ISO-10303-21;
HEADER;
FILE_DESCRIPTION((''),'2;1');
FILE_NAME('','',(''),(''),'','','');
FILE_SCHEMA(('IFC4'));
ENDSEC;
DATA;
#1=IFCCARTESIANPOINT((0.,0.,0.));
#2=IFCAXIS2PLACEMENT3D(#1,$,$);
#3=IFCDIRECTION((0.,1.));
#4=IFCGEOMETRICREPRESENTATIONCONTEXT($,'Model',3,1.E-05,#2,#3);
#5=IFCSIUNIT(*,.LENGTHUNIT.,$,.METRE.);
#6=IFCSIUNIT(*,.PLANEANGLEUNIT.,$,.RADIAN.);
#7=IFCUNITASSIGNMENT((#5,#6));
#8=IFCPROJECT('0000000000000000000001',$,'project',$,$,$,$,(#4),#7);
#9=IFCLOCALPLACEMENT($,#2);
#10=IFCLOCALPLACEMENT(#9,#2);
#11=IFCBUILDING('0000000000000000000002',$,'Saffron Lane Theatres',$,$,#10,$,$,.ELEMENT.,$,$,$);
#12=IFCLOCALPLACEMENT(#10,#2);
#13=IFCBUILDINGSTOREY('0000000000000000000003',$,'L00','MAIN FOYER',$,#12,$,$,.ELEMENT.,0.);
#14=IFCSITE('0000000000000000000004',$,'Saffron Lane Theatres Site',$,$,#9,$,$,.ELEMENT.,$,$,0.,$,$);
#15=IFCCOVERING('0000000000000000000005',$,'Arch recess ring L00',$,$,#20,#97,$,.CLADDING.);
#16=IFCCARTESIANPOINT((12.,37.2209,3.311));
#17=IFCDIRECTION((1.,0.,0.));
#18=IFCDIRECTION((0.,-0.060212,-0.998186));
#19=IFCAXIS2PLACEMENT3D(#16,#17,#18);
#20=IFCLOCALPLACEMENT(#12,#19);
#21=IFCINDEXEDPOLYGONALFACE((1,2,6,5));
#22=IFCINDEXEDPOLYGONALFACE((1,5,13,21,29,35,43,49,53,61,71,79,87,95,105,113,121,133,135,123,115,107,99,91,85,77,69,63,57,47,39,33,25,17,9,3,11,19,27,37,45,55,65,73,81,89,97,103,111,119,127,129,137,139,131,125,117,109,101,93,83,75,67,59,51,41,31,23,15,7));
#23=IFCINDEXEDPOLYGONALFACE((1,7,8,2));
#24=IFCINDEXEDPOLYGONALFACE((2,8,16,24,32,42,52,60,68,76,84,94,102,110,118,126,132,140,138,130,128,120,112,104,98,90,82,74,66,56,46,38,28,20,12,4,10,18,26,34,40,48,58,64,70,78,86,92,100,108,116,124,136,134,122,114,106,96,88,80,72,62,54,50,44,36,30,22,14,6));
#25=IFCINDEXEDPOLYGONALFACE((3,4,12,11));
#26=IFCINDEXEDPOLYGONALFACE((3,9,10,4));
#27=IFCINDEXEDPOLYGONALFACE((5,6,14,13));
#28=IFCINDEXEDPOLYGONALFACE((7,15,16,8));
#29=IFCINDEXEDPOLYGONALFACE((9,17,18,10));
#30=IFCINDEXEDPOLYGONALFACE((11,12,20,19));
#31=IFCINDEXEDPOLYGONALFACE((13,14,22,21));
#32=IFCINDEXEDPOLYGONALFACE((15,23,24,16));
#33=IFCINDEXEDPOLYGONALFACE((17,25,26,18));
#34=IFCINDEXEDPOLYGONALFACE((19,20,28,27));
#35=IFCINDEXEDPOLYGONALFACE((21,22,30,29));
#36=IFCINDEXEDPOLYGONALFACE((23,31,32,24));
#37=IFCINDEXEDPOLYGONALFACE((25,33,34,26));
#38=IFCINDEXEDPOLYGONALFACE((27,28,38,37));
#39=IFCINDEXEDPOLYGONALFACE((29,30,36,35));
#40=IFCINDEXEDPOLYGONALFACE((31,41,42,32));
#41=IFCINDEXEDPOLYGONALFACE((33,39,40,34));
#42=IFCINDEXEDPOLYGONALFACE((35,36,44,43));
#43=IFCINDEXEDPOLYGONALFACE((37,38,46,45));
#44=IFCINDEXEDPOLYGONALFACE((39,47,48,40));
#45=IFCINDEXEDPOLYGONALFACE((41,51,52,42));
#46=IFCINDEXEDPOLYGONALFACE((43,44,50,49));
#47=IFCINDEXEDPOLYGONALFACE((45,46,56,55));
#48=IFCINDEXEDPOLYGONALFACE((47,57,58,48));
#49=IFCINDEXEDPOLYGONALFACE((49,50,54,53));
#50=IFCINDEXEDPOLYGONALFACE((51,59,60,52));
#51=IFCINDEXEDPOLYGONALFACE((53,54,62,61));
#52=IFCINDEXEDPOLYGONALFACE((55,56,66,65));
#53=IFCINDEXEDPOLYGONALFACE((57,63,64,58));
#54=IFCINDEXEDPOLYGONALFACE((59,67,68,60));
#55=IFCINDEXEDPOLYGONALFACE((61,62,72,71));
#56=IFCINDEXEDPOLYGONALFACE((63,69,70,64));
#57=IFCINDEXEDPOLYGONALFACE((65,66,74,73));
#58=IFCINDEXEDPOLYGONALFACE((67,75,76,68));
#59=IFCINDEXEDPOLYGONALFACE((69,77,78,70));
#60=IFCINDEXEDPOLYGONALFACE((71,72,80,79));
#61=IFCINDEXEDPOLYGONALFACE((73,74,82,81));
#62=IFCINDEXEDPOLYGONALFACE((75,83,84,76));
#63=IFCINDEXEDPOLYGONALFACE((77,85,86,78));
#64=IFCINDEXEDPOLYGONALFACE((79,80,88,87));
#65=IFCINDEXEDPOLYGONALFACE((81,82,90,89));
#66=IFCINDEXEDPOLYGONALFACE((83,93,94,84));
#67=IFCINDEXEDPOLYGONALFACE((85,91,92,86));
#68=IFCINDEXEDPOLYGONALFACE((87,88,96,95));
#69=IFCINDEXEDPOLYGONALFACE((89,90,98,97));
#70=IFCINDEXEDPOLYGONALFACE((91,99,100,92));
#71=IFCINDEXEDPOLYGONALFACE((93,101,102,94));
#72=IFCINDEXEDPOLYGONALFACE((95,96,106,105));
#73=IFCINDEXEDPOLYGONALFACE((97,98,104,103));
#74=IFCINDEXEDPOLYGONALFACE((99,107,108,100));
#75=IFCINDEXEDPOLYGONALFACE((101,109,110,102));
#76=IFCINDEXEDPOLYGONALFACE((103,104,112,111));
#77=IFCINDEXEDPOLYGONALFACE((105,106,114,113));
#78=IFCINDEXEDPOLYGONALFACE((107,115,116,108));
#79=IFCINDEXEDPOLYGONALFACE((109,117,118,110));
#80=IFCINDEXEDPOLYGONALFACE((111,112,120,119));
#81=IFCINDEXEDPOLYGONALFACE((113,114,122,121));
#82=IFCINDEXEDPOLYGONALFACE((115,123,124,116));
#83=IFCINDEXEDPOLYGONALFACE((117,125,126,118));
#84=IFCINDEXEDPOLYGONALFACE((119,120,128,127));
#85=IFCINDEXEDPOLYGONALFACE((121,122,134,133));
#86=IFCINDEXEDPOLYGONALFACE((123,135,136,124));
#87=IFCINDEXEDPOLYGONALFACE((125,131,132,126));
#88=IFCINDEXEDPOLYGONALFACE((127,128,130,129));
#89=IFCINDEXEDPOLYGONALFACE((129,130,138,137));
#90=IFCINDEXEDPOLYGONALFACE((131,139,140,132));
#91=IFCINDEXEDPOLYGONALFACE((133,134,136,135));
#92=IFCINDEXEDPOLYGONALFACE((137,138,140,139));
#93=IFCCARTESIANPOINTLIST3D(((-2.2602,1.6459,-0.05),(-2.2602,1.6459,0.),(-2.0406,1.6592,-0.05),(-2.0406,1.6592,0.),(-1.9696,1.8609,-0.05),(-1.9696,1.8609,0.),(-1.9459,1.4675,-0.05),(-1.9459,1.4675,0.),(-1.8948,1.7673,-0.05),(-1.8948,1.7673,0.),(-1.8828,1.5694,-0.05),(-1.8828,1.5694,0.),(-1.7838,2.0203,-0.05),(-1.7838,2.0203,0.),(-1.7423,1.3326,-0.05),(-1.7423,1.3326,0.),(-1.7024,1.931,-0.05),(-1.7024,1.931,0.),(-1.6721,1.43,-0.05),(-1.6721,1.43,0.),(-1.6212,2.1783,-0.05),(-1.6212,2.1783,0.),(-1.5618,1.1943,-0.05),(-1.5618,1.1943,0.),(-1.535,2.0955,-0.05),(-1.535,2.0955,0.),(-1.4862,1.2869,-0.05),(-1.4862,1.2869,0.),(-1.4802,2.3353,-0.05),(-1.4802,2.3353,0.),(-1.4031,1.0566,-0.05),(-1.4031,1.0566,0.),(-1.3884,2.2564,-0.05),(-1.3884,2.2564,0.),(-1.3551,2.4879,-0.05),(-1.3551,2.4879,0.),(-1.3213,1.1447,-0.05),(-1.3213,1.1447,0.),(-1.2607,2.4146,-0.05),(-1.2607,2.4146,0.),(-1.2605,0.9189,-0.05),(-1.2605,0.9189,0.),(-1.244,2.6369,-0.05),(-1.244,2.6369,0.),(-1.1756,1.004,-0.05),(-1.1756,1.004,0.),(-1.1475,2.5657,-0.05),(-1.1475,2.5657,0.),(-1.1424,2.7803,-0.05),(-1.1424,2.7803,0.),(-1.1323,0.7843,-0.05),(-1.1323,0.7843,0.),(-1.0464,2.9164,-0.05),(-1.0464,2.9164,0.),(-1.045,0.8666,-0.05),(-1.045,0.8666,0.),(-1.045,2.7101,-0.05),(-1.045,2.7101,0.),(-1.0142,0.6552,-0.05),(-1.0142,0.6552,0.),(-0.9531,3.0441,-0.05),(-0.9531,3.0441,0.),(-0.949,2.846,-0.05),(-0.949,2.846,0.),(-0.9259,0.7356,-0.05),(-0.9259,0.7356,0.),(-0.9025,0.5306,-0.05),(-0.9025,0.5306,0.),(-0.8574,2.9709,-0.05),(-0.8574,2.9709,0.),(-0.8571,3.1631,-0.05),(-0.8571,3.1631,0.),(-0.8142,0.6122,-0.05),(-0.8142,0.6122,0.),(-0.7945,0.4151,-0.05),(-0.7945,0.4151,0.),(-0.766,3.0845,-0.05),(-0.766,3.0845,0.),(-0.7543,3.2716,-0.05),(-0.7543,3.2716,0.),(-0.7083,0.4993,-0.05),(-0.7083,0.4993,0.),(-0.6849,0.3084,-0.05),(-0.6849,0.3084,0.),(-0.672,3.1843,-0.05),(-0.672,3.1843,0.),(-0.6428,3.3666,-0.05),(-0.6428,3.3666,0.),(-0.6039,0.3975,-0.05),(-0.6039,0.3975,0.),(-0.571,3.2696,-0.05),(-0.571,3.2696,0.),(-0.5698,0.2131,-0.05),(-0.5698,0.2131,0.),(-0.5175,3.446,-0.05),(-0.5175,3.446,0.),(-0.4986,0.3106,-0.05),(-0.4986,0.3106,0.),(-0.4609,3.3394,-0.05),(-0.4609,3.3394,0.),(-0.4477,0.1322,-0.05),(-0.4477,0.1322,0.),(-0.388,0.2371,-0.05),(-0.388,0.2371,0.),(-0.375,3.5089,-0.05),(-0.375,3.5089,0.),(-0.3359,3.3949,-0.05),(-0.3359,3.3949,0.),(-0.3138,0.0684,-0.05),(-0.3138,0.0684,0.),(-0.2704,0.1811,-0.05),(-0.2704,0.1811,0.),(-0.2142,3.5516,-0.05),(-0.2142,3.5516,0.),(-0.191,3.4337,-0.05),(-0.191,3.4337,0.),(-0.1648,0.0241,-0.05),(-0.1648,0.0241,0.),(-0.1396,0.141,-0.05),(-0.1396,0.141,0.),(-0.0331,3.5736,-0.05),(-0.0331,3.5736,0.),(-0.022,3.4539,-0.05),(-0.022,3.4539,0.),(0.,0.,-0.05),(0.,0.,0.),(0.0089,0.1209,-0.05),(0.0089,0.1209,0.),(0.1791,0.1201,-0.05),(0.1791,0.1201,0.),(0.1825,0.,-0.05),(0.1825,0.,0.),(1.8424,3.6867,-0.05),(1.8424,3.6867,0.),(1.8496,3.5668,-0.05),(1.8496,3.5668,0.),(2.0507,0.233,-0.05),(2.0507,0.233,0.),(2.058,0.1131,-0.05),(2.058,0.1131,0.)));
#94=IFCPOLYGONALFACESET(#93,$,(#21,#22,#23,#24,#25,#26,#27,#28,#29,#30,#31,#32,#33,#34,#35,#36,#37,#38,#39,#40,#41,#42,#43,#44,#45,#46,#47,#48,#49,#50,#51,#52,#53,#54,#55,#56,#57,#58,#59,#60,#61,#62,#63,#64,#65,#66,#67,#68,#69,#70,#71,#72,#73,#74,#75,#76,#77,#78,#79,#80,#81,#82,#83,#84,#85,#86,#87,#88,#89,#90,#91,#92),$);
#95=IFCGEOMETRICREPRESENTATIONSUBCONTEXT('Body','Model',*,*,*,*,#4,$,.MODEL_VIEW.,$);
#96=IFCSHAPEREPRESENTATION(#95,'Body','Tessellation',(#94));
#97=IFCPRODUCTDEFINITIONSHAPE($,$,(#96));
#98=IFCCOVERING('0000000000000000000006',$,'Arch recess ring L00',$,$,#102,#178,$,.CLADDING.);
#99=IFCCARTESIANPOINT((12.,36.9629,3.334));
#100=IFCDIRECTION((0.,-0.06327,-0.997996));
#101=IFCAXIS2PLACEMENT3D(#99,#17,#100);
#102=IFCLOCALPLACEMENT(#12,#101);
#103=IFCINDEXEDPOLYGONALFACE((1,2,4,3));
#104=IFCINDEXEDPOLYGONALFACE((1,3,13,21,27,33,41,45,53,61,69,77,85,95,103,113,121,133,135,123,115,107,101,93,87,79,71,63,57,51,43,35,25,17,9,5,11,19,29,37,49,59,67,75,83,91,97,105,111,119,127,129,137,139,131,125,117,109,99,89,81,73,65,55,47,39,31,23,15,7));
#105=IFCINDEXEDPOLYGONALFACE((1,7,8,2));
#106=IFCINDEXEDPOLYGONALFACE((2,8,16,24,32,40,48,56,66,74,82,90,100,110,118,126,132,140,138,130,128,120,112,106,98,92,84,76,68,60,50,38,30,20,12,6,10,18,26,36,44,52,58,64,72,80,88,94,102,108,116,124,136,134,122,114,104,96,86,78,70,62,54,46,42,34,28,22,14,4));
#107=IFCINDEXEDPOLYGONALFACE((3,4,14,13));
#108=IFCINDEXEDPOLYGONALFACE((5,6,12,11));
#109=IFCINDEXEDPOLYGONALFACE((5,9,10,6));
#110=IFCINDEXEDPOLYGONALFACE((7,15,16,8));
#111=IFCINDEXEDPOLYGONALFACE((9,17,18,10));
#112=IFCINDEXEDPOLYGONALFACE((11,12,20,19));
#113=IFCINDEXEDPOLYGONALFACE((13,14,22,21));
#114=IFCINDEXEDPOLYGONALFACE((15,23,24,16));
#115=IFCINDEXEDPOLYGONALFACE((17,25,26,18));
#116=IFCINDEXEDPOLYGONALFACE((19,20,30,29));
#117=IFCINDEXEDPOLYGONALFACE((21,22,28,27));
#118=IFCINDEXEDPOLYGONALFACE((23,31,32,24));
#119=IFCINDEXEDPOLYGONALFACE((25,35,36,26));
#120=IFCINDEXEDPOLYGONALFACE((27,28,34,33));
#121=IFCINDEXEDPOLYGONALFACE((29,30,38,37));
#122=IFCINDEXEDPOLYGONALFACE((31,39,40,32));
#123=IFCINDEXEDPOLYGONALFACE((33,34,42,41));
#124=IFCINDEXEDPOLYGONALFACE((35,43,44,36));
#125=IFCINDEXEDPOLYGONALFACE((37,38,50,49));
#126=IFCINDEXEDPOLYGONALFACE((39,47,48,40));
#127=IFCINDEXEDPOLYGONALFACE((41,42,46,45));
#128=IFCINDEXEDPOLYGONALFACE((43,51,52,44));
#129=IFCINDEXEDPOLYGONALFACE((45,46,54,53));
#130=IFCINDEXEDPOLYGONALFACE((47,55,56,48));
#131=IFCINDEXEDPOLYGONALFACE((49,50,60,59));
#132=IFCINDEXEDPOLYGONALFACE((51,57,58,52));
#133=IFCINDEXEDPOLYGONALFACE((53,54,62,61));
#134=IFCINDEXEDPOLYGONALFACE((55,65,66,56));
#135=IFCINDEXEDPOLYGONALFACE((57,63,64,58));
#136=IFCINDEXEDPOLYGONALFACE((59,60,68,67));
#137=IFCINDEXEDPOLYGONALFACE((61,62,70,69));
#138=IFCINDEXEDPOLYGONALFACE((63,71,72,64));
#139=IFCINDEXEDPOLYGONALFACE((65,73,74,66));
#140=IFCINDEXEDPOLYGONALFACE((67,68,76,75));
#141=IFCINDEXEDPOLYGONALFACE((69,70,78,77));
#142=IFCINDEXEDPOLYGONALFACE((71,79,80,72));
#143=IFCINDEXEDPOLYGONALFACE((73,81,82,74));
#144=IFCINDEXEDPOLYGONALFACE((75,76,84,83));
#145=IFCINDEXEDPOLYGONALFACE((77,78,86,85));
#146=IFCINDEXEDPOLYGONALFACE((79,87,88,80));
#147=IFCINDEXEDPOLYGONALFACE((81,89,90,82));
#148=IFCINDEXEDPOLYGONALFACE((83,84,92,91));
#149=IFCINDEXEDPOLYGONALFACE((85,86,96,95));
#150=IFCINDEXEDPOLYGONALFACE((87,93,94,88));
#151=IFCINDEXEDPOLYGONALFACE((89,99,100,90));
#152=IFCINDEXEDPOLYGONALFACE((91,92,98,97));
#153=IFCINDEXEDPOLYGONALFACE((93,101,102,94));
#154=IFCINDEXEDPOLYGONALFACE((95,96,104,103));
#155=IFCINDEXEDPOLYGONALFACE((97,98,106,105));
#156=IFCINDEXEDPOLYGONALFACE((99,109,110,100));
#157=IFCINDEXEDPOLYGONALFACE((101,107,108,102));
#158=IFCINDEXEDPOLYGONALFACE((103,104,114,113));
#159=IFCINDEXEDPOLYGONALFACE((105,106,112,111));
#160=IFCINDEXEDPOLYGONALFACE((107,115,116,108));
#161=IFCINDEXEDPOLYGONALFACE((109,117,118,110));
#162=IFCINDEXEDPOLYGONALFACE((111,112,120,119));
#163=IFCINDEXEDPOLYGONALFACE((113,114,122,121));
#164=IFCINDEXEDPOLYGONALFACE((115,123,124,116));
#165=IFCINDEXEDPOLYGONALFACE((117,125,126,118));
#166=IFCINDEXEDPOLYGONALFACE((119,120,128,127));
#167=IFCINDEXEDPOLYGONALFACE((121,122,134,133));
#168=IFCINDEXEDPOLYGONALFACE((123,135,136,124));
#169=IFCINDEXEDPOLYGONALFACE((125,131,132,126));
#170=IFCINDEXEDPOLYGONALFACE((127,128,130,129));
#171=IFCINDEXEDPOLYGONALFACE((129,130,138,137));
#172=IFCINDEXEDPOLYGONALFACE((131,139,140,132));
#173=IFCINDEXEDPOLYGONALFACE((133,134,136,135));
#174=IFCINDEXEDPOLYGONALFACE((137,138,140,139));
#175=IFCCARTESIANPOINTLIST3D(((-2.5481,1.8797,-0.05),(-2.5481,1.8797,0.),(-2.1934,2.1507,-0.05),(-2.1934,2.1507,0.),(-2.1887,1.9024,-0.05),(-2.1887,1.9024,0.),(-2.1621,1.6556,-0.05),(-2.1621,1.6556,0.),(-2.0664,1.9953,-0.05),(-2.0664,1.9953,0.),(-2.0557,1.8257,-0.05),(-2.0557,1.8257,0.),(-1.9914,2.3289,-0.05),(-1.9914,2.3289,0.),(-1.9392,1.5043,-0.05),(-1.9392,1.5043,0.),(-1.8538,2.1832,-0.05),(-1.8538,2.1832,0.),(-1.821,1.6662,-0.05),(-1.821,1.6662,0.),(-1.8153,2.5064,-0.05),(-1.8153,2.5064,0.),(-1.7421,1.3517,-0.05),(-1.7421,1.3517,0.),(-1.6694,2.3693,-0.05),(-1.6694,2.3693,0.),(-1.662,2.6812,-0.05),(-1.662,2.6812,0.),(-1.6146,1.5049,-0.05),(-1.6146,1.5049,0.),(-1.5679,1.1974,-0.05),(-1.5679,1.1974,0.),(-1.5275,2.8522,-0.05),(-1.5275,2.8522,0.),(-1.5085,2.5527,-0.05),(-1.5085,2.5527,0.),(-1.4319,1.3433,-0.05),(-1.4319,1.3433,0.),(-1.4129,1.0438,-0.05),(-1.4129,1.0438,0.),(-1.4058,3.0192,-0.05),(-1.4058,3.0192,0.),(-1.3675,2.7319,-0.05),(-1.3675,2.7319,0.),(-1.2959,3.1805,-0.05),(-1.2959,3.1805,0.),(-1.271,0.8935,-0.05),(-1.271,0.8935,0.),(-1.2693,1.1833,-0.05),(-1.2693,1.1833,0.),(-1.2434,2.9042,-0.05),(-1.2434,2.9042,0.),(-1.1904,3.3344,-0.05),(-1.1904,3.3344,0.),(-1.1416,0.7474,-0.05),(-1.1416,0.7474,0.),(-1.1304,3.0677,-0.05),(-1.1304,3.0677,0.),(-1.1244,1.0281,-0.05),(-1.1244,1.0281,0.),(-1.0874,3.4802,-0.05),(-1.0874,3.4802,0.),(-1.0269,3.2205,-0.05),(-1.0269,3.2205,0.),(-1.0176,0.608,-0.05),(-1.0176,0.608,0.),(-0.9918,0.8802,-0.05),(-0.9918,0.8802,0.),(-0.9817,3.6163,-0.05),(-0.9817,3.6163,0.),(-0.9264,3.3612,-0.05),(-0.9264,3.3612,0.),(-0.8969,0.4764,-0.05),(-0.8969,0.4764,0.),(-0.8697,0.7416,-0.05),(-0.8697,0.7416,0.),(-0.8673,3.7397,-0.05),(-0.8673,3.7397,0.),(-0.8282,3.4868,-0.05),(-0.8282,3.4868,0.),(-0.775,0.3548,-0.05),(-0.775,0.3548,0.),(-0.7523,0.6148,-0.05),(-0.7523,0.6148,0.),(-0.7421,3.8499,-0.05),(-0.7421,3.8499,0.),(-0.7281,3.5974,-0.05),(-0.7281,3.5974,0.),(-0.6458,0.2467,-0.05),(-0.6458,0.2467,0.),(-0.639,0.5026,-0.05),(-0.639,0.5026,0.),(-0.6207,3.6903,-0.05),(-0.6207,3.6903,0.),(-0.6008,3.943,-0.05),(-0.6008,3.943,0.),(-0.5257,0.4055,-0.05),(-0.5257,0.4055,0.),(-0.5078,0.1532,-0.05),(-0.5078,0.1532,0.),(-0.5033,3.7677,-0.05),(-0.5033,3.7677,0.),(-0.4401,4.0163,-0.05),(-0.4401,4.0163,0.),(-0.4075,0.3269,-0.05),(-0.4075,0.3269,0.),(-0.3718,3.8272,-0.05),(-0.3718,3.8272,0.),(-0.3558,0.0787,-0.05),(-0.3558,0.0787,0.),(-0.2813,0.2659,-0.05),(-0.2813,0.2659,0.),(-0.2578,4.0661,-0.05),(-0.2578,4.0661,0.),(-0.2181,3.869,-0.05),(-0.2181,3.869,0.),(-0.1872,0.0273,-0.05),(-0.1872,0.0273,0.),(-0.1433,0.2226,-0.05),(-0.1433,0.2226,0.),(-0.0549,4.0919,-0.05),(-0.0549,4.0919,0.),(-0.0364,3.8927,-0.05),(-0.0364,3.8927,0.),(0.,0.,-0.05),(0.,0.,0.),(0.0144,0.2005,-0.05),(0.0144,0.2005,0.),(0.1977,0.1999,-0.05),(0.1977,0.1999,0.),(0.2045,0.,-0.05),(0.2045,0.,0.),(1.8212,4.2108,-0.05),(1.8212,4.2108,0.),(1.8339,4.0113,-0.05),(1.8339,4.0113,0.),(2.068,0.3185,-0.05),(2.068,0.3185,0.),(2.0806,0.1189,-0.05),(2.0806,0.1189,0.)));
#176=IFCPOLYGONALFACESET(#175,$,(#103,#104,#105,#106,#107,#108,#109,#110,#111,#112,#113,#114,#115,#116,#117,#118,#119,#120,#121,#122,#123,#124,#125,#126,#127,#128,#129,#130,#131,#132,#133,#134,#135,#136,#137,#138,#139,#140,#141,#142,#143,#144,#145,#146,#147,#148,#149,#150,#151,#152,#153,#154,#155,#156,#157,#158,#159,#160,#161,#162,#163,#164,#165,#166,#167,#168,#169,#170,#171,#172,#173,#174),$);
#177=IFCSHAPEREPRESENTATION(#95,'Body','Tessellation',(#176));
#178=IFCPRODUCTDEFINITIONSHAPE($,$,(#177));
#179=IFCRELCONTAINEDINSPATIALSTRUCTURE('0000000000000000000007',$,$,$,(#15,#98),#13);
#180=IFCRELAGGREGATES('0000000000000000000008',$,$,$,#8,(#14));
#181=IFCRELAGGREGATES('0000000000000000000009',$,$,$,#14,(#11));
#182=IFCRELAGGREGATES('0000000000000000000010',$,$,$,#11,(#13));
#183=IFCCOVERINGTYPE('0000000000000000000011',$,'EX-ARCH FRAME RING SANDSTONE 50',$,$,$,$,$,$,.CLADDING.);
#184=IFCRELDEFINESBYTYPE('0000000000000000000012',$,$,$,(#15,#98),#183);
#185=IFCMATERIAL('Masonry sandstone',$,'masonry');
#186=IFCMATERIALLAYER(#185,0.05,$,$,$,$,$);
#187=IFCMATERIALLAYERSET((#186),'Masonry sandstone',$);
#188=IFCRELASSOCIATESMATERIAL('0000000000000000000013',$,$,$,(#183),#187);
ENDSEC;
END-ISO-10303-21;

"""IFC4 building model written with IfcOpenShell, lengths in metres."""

from ifc_helpers import new_model, si_unit, direction, frame, origin, place, context, subcontext, project, spatial, polyline, outline, extrude, material, layer, layer_set, type_object, element, save


model = new_model("IFC4")

# Units and contexts
model_context = context("Model", 3, precision=1e-05, world=origin(), true_north=direction((0.0, 1.0)))
body_context = subcontext(model_context, "Body", "Model", "MODEL_VIEW")
ifc_project = project(units=[si_unit("LENGTHUNIT", "METRE"), si_unit("PLANEANGLEUNIT", "RADIAN")], contexts=[model_context])

# Site, building, storey
site_placement = place(None, origin())
site = spatial("IfcSite", under=ifc_project, at=site_placement, Name="Saffron Lane Theatres Site", CompositionType="ELEMENT", RefElevation=0.0)
building_placement = place(site_placement, origin())
building = spatial("IfcBuilding", under=site, at=building_placement, Name="Saffron Lane Theatres", CompositionType="ELEMENT")
storey_placement = place(building_placement, origin())
storey = spatial("IfcBuildingStorey", under=building, at=storey_placement, Name="L00", Description="MAIN FOYER", CompositionType="ELEMENT", Elevation=0.0)

# Coverings
ifc_material_1 = material(Name="Masonry sandstone", Category="masonry")
ifc_layer_1 = layer(ifc_material_1, 0.05)
ifc_layer_set_1 = layer_set([ifc_layer_1], Name="Masonry sandstone")
covering_type_1 = type_object("IfcCoveringType", Name="EX-ARCH FRAME RING SANDSTONE 50", PredefinedType="CLADDING", material=ifc_layer_set_1)
covering_1_placement = place(storey_placement, frame((12.0, 37.2209, 3.311), z_axis=(1.0, 0.0, 0.0), x_axis=(0.0, -0.060212, -0.998186)))
element("IfcCovering", 1, at=covering_1_placement, inside=storey, type_object=covering_type_1, Name="Arch recess ring L00", PredefinedType="CLADDING", context=body_context, shape_type="SweptSolid", body=[
    extrude(outline(polyline([(0.0, 0.0), (0.1825, 0.0), (2.058, 0.1131), (2.0507, 0.233), (0.1791, 0.1201), (0.0089, 0.1209), (-0.1396, 0.141), (-0.2704, 0.1811), (-0.388, 0.2371), (-0.4986, 0.3106), (-0.6039, 0.3975), (-0.7083, 0.4993), (-0.8142, 0.6122), (-0.9259, 0.7356), (-1.045, 0.8666), (-1.1756, 1.004), (-1.3213, 1.1447), (-1.4862, 1.2869), (-1.6721, 1.43), (-1.8828, 1.5694), (-2.0406, 1.6592), (-1.8948, 1.7673), (-1.7024, 1.931), (-1.535, 2.0955), (-1.3884, 2.2564), (-1.2607, 2.4146), (-1.1475, 2.5657), (-1.045, 2.7101), (-0.949, 2.846), (-0.8574, 2.9709), (-0.766, 3.0845), (-0.672, 3.1843), (-0.571, 3.2696), (-0.4609, 3.3394), (-0.3359, 3.3949), (-0.191, 3.4337), (-0.022, 3.4539), (1.8496, 3.5668), (1.8424, 3.6867), (-0.0331, 3.5736), (-0.2142, 3.5516), (-0.375, 3.5089), (-0.5175, 3.446), (-0.6428, 3.3666), (-0.7543, 3.2716), (-0.8571, 3.1631), (-0.9531, 3.0441), (-1.0464, 2.9164), (-1.1424, 2.7803), (-1.244, 2.6369), (-1.3551, 2.4879), (-1.4802, 2.3353), (-1.6212, 2.1783), (-1.7838, 2.0203), (-1.9696, 1.8609), (-2.2602, 1.6459), (-1.9459, 1.4675), (-1.7423, 1.3326), (-1.5618, 1.1943), (-1.4031, 1.0566), (-1.2605, 0.9189), (-1.1323, 0.7843), (-1.0142, 0.6552), (-0.9025, 0.5306), (-0.7945, 0.4151), (-0.6849, 0.3084), (-0.5698, 0.2131), (-0.4477, 0.1322), (-0.3138, 0.0684), (-0.1648, 0.0241), (0.0, 0.0)])), origin(), (0.0, 0.0, -1.0), 0.05),
])
covering_2_placement = place(storey_placement, frame((12.0, 36.9629, 3.334), z_axis=(1.0, 0.0, 0.0), x_axis=(0.0, -0.06327, -0.997996)))
element("IfcCovering", 2, at=covering_2_placement, inside=storey, type_object=covering_type_1, Name="Arch recess ring L00", PredefinedType="CLADDING", context=body_context, shape_type="SweptSolid", body=[
    extrude(outline(polyline([(0.0, 0.0), (0.2045, 0.0), (2.0806, 0.1189), (2.068, 0.3185), (0.1977, 0.1999), (0.0144, 0.2005), (-0.1433, 0.2226), (-0.2813, 0.2659), (-0.4075, 0.3269), (-0.5257, 0.4055), (-0.639, 0.5026), (-0.7523, 0.6148), (-0.8697, 0.7416), (-0.9918, 0.8802), (-1.1244, 1.0281), (-1.2693, 1.1833), (-1.4319, 1.3433), (-1.6146, 1.5049), (-1.821, 1.6662), (-2.0557, 1.8257), (-2.1887, 1.9024), (-2.0664, 1.9953), (-1.8538, 2.1832), (-1.6694, 2.3693), (-1.5085, 2.5527), (-1.3675, 2.7319), (-1.2434, 2.9042), (-1.1304, 3.0677), (-1.0269, 3.2205), (-0.9264, 3.3612), (-0.8282, 3.4868), (-0.7281, 3.5974), (-0.6207, 3.6903), (-0.5033, 3.7677), (-0.3718, 3.8272), (-0.2181, 3.869), (-0.0364, 3.8927), (1.8339, 4.0113), (1.8212, 4.2108), (-0.0549, 4.0919), (-0.2578, 4.0661), (-0.4401, 4.0163), (-0.6008, 3.943), (-0.7421, 3.8499), (-0.8673, 3.7397), (-0.9817, 3.6163), (-1.0874, 3.4802), (-1.1904, 3.3344), (-1.2959, 3.1805), (-1.4058, 3.0192), (-1.5275, 2.8522), (-1.662, 2.6812), (-1.8153, 2.5064), (-1.9914, 2.3289), (-2.1934, 2.1507), (-2.5481, 1.8797), (-2.1621, 1.6556), (-1.9392, 1.5043), (-1.7421, 1.3517), (-1.5679, 1.1974), (-1.4129, 1.0438), (-1.271, 0.8935), (-1.1416, 0.7474), (-1.0176, 0.608), (-0.8969, 0.4764), (-0.775, 0.3548), (-0.6458, 0.2467), (-0.5078, 0.1532), (-0.3558, 0.0787), (-0.1872, 0.0273), (0.0, 0.0)])), origin(), (0.0, 0.0, -1.0), 0.05),
])

save(model, "model.ifc")
